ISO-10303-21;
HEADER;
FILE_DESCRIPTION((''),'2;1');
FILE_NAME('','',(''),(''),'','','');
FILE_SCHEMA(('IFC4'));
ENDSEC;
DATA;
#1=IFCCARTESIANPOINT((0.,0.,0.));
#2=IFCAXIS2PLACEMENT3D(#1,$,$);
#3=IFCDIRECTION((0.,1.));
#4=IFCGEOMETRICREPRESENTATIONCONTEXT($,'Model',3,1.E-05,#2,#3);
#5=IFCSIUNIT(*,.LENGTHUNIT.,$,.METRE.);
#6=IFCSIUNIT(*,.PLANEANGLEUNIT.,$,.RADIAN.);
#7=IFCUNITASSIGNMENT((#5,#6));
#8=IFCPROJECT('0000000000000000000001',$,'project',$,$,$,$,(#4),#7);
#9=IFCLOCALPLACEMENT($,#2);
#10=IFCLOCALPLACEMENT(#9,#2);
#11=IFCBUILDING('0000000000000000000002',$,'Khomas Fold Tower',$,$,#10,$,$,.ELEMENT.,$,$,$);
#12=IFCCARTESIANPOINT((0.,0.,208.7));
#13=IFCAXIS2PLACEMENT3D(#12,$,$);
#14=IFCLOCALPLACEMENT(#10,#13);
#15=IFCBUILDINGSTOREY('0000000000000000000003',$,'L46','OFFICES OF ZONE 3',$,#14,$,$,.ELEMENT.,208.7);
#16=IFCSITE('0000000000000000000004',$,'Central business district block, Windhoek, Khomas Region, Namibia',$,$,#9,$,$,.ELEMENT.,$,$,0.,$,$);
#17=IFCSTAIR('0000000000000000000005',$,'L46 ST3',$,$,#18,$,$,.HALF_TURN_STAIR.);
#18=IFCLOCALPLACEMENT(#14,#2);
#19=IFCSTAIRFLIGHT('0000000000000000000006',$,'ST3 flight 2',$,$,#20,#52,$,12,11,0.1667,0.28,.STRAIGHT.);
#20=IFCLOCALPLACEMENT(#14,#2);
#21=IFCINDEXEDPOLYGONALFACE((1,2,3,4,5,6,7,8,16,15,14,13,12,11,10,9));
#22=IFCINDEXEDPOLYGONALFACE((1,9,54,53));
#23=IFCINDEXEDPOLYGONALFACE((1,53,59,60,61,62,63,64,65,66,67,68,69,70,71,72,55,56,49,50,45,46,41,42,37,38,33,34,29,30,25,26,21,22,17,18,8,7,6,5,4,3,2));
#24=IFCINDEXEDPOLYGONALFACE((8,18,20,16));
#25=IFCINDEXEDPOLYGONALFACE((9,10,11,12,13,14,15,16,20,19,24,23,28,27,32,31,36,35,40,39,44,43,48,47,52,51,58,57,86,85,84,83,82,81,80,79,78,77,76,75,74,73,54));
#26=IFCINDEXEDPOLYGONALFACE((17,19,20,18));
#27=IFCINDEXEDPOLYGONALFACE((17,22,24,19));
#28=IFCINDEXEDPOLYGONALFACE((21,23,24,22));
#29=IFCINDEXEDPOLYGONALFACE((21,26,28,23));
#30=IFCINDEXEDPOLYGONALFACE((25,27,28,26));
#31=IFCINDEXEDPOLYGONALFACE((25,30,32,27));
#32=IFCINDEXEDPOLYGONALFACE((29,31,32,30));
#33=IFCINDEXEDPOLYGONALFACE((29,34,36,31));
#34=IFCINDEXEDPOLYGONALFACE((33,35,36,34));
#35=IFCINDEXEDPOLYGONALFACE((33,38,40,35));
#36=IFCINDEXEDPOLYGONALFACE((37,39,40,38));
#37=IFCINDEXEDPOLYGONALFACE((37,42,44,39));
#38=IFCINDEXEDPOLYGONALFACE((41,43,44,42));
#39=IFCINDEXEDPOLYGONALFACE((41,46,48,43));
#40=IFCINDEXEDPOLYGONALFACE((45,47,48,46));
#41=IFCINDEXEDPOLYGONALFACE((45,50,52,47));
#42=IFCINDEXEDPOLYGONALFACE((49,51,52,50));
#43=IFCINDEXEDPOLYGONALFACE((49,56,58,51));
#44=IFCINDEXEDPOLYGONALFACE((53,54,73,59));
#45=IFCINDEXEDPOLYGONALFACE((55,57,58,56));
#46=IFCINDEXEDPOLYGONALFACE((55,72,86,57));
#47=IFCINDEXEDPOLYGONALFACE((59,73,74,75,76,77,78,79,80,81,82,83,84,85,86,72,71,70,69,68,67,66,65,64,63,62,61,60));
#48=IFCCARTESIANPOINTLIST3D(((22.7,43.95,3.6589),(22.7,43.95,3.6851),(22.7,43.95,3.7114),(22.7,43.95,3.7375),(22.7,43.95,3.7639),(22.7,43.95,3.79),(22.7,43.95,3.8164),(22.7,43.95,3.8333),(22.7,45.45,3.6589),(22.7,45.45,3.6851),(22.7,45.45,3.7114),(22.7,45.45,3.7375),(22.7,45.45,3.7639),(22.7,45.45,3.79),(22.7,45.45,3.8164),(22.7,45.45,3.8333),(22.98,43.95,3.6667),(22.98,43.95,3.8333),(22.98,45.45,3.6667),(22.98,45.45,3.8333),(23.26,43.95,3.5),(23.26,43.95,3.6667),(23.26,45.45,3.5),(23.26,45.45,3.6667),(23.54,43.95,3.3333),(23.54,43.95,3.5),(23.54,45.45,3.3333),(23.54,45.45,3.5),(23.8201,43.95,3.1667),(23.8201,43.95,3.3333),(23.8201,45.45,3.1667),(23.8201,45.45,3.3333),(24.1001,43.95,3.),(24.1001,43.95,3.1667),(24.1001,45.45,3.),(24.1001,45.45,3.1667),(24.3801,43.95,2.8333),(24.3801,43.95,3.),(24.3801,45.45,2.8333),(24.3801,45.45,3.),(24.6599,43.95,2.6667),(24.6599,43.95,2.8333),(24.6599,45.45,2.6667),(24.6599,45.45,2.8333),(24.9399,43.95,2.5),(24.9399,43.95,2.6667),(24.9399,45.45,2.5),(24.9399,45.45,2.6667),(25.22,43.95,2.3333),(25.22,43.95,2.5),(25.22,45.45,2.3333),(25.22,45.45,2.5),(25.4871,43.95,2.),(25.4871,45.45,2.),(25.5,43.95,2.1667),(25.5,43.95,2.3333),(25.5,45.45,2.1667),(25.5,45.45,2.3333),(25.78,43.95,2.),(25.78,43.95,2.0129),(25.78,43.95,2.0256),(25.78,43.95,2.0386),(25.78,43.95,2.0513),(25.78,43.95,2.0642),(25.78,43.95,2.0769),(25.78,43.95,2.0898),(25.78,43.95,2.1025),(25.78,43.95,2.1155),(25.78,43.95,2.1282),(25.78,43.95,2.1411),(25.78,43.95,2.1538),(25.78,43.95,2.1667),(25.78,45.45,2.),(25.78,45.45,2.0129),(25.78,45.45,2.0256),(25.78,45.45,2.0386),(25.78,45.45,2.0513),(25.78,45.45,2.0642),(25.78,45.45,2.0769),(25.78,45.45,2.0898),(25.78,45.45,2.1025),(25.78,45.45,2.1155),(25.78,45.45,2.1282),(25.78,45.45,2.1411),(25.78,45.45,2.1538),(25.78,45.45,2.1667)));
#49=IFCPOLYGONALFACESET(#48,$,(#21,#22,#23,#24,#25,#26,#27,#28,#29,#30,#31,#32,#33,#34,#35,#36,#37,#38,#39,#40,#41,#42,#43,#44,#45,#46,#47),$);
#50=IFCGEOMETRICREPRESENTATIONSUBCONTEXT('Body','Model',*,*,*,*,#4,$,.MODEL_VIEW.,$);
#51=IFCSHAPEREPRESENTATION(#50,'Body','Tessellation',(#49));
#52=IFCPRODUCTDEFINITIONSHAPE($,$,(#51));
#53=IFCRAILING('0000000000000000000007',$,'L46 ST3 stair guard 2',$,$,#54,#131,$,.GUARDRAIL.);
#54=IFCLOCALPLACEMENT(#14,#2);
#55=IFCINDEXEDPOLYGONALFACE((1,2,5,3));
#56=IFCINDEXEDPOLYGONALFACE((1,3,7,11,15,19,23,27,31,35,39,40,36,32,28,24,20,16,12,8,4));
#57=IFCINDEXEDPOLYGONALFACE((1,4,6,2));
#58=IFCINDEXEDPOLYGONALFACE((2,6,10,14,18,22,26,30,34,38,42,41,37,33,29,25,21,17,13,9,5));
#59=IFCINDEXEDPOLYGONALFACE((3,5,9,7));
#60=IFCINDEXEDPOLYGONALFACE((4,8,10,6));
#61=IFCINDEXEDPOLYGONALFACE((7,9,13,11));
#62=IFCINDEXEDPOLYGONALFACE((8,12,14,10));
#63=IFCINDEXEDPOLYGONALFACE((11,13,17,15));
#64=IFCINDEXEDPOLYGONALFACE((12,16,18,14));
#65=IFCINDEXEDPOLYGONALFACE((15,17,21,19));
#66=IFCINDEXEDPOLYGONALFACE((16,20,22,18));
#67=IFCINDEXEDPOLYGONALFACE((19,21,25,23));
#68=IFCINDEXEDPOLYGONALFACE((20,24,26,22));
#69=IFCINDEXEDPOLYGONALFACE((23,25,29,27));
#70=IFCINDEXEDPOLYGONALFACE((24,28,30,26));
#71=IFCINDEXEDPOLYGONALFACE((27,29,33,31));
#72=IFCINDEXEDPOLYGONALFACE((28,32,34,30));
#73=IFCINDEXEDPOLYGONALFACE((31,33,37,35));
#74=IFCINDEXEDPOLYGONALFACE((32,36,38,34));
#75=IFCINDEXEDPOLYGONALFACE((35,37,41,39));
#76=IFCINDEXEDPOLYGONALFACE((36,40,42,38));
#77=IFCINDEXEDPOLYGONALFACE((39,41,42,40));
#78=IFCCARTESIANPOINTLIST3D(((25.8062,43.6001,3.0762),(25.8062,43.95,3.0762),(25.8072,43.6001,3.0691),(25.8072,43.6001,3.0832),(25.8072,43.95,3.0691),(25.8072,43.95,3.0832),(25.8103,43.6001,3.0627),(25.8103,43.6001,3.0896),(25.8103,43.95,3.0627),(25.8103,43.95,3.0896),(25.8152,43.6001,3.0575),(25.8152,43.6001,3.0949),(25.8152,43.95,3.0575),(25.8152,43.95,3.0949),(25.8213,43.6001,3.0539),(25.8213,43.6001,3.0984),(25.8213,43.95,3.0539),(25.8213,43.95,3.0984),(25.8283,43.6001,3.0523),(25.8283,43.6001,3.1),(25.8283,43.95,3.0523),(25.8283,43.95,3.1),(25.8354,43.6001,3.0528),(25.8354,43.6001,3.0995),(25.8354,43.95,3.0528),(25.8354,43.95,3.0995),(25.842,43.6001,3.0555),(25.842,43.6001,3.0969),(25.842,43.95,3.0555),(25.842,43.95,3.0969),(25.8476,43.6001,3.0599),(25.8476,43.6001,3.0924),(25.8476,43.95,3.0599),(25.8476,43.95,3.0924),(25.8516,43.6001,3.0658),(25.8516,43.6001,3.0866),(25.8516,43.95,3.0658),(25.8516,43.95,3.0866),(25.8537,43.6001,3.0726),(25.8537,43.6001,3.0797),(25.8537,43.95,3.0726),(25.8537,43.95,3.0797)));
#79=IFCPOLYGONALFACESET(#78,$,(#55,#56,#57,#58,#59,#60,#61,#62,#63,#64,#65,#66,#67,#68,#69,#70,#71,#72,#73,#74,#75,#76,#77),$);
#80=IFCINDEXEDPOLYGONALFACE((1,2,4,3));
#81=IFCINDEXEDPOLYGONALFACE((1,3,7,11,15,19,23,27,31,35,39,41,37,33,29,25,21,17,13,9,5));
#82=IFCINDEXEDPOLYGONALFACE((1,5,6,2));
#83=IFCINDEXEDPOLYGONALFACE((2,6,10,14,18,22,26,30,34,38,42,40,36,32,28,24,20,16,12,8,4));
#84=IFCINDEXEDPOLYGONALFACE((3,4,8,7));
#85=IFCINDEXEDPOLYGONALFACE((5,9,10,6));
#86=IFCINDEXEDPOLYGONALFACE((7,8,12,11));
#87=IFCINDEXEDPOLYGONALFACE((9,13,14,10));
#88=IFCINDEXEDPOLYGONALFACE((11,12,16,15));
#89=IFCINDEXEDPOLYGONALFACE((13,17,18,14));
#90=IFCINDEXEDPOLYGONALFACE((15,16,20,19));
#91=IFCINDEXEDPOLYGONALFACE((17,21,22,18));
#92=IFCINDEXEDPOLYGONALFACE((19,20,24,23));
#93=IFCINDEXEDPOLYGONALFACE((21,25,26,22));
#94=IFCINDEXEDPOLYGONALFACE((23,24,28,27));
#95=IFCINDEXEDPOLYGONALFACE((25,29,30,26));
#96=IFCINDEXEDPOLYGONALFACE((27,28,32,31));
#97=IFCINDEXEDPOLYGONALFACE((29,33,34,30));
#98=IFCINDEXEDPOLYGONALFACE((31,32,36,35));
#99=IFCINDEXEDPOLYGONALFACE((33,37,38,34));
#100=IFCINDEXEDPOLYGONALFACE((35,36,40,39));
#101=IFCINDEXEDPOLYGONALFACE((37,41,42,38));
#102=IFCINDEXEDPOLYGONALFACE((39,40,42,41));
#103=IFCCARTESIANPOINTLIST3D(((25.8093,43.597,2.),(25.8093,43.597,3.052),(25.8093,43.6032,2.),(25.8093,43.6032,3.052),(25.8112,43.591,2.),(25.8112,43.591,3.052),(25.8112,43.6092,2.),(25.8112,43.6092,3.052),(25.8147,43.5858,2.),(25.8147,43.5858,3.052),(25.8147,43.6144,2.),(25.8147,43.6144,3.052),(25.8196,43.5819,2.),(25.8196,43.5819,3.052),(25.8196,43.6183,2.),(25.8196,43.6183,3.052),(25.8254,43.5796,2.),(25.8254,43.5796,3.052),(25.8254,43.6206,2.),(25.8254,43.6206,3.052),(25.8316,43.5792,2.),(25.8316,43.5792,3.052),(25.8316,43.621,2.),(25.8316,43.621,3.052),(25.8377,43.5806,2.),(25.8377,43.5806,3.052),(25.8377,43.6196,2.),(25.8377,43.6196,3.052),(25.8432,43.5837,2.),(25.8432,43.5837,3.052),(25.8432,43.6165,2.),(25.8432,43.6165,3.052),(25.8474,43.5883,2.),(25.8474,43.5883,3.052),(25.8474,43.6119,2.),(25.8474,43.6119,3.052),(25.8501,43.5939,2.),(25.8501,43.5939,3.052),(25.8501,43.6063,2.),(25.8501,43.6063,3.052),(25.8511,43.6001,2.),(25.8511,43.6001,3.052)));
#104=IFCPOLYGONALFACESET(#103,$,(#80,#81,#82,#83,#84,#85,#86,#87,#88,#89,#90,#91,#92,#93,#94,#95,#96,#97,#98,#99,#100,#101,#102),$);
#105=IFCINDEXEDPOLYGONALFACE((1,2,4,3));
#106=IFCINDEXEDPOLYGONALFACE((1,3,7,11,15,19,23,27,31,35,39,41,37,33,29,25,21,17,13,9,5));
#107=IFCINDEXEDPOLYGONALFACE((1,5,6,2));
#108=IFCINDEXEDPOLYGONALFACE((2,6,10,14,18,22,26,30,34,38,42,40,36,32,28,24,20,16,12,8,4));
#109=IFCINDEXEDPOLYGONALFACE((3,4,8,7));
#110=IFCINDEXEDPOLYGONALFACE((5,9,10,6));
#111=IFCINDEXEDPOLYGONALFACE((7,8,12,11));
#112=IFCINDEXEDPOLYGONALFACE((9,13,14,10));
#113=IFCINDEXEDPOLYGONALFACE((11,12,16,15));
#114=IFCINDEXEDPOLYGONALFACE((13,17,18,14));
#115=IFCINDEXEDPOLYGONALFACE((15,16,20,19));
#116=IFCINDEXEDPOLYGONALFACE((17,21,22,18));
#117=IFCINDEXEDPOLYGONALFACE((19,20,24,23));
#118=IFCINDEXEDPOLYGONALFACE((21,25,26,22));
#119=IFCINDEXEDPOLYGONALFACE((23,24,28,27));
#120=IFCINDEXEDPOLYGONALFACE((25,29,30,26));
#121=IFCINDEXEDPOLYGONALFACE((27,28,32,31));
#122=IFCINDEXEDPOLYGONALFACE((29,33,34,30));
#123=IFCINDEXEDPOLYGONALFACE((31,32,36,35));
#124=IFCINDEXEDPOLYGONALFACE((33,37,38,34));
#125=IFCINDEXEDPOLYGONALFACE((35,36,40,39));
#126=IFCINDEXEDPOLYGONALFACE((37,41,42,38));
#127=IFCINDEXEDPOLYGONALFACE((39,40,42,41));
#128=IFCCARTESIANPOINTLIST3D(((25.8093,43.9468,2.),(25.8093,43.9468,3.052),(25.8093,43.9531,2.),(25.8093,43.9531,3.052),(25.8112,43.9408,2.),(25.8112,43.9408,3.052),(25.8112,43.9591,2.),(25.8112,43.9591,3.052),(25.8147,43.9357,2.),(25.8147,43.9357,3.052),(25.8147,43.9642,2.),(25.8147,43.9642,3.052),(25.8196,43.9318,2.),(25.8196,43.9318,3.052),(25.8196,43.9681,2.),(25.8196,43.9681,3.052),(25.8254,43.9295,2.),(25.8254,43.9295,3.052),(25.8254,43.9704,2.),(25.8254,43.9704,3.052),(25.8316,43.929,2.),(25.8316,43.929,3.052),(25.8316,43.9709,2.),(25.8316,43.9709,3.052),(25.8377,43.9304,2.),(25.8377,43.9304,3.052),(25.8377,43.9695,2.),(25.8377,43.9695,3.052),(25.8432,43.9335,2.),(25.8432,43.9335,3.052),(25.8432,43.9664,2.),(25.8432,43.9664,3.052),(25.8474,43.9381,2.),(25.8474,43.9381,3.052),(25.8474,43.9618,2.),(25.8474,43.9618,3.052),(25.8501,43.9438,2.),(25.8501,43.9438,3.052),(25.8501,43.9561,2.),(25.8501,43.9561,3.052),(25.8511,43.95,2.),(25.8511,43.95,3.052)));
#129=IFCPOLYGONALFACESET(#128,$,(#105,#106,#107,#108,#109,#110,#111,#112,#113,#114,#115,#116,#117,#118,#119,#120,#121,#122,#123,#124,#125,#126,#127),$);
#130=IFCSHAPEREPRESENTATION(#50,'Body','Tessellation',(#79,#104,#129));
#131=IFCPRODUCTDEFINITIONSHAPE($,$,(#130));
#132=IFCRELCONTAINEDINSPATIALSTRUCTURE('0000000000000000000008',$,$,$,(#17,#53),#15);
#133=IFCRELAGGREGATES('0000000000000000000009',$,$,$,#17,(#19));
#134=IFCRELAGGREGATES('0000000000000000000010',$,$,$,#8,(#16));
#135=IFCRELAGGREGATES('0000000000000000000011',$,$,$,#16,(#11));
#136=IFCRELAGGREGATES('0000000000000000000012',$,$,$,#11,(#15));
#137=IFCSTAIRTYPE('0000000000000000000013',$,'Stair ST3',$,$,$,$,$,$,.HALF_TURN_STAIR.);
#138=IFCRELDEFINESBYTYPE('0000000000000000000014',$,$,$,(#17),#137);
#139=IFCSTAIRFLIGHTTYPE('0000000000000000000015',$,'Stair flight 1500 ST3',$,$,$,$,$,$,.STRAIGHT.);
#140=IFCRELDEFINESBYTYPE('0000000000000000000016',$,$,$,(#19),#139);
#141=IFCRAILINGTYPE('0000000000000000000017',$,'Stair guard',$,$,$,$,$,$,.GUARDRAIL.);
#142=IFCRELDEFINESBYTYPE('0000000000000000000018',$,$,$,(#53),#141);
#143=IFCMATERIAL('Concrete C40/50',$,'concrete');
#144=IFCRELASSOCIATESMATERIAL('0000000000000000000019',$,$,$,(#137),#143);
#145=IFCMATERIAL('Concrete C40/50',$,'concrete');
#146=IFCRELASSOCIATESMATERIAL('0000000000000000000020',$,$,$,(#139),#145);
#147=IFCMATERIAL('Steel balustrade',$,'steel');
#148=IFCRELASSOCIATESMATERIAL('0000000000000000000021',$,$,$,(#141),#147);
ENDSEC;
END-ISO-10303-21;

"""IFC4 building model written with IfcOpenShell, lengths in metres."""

from ifc_helpers import new_model, si_unit, direction, frame, origin, origin_2d, place, context, subcontext, project, spatial, polyline, circle, outline, extrude, source, transform, mapped, material, type_object, element, aggregate, save


model = new_model("IFC4")

# Units and contexts
model_context = context("Model", 3, precision=1e-05, world=origin(), true_north=direction((0.0, 1.0)))
body_context = subcontext(model_context, "Body", "Model", "MODEL_VIEW")
ifc_project = project(units=[si_unit("LENGTHUNIT", "METRE"), si_unit("PLANEANGLEUNIT", "RADIAN")], contexts=[model_context])

# Site, building, storey
site_placement = place(None, origin())
site = spatial("IfcSite", under=ifc_project, at=site_placement, Name="Central business district block, Windhoek, Khomas Region, Namibia", CompositionType="ELEMENT", RefElevation=0.0)
building_placement = place(site_placement, origin())
building = spatial("IfcBuilding", under=site, at=building_placement, Name="Khomas Fold Tower", CompositionType="ELEMENT")
storey_placement = place(building_placement, frame((0.0, 0.0, 208.7)))
storey = spatial("IfcBuildingStorey", under=building, at=storey_placement, Name="L46", Description="OFFICES OF ZONE 3", CompositionType="ELEMENT", Elevation=208.7)

# Stair, stair flight
ifc_material_1 = material(Name="Concrete C40/50", Category="concrete")
stair_type = type_object("IfcStairType", Name="Stair ST3", PredefinedType="HALF_TURN_STAIR", material=ifc_material_1)
stair_placement = place(storey_placement, origin())
stair = element("IfcStair", 1, at=stair_placement, inside=storey, type_object=stair_type, Name="L46 ST3", PredefinedType="HALF_TURN_STAIR")
ifc_material_2 = material(Name="Concrete C40/50", Category="concrete")
stair_flight_type = type_object("IfcStairFlightType", Name="Stair flight 1500 ST3", PredefinedType="STRAIGHT", material=ifc_material_2)
shared_shape_1 = source(origin(), body_context, "Body", "SweptSolid", [
    extrude(outline(polyline([(0.0, 0.0), (0.0, 0.0129), (0.0, 0.0256), (0.0, 0.0386), (0.0, 0.0513), (0.0, 0.0642), (0.0, 0.0769), (0.0, 0.0898), (0.0, 0.1025), (0.0, 0.1155), (0.0, 0.1282), (0.0, 0.1411), (0.0, 0.1538), (0.0, 0.1667), (0.28, 0.1667), (0.28, 0.3333), (0.5601, 0.3333), (0.5601, 0.5), (0.8401, 0.5), (0.8401, 0.6667), (1.1201, 0.6667), (1.1201, 0.8333), (1.3999, 0.8333), (1.3999, 1.0), (1.6799, 1.0), (1.6799, 1.1667), (1.96, 1.1667), (1.96, 1.3333), (2.24, 1.3333), (2.24, 1.5), (2.52, 1.5), (2.52, 1.6667), (2.8, 1.6667), (2.8, 1.8333), (3.0801, 1.8333), (3.0801, 2.0), (3.0801, 1.9739), (3.0801, 1.9475), (3.0801, 1.9214), (3.0801, 1.895), (3.0801, 1.8689), (3.0801, 1.8425), (3.0801, 1.8164), (3.0801, 1.79), (3.0801, 1.7639), (3.0801, 1.7375), (3.0801, 1.7114), (3.0801, 1.6851), (3.0801, 1.6589), (0.293, 0.0), (0.0, 0.0)])), frame((0.0, 0.75, 0.0), z_axis=(0.0, -1.0, 0.0), x_axis=(1.0, 0.0, 0.0)), (0.0, 0.0, 1.0), 1.5),
])
stair_flight_1_placement = place(storey_placement, frame((25.78, 44.7, 2.0), z_axis=(0.0, 0.0, 1.0), x_axis=(-1.0, 0.0, 0.0)))
stair_flight_1 = element("IfcStairFlight", 2, at=stair_flight_1_placement, type_object=stair_flight_type, Name="ST3 flight 2", NumberOfRisers=12, NumberOfTreads=11, PredefinedType="STRAIGHT", RiserHeight=0.1667, TreadLength=0.28, context=body_context, shape_type="MappedRepresentation", body=[
    mapped(shared_shape_1, transform((0.0, 0.0, 0.0))),
])
aggregate(stair, [stair_flight_1])

# Railing
ifc_material_3 = material(Name="Steel balustrade", Category="steel")
railing_type_1 = type_object("IfcRailingType", Name="Stair guard", PredefinedType="GUARDRAIL", material=ifc_material_3)
shared_shape_2 = source(origin(), body_context, "Body", "SweptSolid", [
    extrude(circle(Radius=0.0239, at=origin_2d()), frame((0.0, 0.0, 1.0762), z_axis=(0.0, 1.0, 0.0), x_axis=(-1.0, 0.0, 0.0)), (0.0, 0.0, 1.0), 0.3499),
    extrude(circle(Radius=0.021, at=origin_2d()), origin(), (0.0, 0.0, 1.0), 1.052),
    extrude(circle(Radius=0.021, at=origin_2d()), frame((0.0, 0.3499, 0.0)), (0.0, 0.0, 1.0), 1.052),
])
for number, where, name in (
    (3, (25.8301, 43.6001, 2.0), "L46 ST3 stair guard 2"),
):
    element("IfcRailing", number, at=place(storey_placement, frame(where)), inside=storey, type_object=railing_type_1, Name=name, PredefinedType="GUARDRAIL", context=body_context, shape_type="MappedRepresentation", body=[
        mapped(shared_shape_2, transform((0.0, 0.0, 0.0))),
    ])

save(model, "model.ifc")
